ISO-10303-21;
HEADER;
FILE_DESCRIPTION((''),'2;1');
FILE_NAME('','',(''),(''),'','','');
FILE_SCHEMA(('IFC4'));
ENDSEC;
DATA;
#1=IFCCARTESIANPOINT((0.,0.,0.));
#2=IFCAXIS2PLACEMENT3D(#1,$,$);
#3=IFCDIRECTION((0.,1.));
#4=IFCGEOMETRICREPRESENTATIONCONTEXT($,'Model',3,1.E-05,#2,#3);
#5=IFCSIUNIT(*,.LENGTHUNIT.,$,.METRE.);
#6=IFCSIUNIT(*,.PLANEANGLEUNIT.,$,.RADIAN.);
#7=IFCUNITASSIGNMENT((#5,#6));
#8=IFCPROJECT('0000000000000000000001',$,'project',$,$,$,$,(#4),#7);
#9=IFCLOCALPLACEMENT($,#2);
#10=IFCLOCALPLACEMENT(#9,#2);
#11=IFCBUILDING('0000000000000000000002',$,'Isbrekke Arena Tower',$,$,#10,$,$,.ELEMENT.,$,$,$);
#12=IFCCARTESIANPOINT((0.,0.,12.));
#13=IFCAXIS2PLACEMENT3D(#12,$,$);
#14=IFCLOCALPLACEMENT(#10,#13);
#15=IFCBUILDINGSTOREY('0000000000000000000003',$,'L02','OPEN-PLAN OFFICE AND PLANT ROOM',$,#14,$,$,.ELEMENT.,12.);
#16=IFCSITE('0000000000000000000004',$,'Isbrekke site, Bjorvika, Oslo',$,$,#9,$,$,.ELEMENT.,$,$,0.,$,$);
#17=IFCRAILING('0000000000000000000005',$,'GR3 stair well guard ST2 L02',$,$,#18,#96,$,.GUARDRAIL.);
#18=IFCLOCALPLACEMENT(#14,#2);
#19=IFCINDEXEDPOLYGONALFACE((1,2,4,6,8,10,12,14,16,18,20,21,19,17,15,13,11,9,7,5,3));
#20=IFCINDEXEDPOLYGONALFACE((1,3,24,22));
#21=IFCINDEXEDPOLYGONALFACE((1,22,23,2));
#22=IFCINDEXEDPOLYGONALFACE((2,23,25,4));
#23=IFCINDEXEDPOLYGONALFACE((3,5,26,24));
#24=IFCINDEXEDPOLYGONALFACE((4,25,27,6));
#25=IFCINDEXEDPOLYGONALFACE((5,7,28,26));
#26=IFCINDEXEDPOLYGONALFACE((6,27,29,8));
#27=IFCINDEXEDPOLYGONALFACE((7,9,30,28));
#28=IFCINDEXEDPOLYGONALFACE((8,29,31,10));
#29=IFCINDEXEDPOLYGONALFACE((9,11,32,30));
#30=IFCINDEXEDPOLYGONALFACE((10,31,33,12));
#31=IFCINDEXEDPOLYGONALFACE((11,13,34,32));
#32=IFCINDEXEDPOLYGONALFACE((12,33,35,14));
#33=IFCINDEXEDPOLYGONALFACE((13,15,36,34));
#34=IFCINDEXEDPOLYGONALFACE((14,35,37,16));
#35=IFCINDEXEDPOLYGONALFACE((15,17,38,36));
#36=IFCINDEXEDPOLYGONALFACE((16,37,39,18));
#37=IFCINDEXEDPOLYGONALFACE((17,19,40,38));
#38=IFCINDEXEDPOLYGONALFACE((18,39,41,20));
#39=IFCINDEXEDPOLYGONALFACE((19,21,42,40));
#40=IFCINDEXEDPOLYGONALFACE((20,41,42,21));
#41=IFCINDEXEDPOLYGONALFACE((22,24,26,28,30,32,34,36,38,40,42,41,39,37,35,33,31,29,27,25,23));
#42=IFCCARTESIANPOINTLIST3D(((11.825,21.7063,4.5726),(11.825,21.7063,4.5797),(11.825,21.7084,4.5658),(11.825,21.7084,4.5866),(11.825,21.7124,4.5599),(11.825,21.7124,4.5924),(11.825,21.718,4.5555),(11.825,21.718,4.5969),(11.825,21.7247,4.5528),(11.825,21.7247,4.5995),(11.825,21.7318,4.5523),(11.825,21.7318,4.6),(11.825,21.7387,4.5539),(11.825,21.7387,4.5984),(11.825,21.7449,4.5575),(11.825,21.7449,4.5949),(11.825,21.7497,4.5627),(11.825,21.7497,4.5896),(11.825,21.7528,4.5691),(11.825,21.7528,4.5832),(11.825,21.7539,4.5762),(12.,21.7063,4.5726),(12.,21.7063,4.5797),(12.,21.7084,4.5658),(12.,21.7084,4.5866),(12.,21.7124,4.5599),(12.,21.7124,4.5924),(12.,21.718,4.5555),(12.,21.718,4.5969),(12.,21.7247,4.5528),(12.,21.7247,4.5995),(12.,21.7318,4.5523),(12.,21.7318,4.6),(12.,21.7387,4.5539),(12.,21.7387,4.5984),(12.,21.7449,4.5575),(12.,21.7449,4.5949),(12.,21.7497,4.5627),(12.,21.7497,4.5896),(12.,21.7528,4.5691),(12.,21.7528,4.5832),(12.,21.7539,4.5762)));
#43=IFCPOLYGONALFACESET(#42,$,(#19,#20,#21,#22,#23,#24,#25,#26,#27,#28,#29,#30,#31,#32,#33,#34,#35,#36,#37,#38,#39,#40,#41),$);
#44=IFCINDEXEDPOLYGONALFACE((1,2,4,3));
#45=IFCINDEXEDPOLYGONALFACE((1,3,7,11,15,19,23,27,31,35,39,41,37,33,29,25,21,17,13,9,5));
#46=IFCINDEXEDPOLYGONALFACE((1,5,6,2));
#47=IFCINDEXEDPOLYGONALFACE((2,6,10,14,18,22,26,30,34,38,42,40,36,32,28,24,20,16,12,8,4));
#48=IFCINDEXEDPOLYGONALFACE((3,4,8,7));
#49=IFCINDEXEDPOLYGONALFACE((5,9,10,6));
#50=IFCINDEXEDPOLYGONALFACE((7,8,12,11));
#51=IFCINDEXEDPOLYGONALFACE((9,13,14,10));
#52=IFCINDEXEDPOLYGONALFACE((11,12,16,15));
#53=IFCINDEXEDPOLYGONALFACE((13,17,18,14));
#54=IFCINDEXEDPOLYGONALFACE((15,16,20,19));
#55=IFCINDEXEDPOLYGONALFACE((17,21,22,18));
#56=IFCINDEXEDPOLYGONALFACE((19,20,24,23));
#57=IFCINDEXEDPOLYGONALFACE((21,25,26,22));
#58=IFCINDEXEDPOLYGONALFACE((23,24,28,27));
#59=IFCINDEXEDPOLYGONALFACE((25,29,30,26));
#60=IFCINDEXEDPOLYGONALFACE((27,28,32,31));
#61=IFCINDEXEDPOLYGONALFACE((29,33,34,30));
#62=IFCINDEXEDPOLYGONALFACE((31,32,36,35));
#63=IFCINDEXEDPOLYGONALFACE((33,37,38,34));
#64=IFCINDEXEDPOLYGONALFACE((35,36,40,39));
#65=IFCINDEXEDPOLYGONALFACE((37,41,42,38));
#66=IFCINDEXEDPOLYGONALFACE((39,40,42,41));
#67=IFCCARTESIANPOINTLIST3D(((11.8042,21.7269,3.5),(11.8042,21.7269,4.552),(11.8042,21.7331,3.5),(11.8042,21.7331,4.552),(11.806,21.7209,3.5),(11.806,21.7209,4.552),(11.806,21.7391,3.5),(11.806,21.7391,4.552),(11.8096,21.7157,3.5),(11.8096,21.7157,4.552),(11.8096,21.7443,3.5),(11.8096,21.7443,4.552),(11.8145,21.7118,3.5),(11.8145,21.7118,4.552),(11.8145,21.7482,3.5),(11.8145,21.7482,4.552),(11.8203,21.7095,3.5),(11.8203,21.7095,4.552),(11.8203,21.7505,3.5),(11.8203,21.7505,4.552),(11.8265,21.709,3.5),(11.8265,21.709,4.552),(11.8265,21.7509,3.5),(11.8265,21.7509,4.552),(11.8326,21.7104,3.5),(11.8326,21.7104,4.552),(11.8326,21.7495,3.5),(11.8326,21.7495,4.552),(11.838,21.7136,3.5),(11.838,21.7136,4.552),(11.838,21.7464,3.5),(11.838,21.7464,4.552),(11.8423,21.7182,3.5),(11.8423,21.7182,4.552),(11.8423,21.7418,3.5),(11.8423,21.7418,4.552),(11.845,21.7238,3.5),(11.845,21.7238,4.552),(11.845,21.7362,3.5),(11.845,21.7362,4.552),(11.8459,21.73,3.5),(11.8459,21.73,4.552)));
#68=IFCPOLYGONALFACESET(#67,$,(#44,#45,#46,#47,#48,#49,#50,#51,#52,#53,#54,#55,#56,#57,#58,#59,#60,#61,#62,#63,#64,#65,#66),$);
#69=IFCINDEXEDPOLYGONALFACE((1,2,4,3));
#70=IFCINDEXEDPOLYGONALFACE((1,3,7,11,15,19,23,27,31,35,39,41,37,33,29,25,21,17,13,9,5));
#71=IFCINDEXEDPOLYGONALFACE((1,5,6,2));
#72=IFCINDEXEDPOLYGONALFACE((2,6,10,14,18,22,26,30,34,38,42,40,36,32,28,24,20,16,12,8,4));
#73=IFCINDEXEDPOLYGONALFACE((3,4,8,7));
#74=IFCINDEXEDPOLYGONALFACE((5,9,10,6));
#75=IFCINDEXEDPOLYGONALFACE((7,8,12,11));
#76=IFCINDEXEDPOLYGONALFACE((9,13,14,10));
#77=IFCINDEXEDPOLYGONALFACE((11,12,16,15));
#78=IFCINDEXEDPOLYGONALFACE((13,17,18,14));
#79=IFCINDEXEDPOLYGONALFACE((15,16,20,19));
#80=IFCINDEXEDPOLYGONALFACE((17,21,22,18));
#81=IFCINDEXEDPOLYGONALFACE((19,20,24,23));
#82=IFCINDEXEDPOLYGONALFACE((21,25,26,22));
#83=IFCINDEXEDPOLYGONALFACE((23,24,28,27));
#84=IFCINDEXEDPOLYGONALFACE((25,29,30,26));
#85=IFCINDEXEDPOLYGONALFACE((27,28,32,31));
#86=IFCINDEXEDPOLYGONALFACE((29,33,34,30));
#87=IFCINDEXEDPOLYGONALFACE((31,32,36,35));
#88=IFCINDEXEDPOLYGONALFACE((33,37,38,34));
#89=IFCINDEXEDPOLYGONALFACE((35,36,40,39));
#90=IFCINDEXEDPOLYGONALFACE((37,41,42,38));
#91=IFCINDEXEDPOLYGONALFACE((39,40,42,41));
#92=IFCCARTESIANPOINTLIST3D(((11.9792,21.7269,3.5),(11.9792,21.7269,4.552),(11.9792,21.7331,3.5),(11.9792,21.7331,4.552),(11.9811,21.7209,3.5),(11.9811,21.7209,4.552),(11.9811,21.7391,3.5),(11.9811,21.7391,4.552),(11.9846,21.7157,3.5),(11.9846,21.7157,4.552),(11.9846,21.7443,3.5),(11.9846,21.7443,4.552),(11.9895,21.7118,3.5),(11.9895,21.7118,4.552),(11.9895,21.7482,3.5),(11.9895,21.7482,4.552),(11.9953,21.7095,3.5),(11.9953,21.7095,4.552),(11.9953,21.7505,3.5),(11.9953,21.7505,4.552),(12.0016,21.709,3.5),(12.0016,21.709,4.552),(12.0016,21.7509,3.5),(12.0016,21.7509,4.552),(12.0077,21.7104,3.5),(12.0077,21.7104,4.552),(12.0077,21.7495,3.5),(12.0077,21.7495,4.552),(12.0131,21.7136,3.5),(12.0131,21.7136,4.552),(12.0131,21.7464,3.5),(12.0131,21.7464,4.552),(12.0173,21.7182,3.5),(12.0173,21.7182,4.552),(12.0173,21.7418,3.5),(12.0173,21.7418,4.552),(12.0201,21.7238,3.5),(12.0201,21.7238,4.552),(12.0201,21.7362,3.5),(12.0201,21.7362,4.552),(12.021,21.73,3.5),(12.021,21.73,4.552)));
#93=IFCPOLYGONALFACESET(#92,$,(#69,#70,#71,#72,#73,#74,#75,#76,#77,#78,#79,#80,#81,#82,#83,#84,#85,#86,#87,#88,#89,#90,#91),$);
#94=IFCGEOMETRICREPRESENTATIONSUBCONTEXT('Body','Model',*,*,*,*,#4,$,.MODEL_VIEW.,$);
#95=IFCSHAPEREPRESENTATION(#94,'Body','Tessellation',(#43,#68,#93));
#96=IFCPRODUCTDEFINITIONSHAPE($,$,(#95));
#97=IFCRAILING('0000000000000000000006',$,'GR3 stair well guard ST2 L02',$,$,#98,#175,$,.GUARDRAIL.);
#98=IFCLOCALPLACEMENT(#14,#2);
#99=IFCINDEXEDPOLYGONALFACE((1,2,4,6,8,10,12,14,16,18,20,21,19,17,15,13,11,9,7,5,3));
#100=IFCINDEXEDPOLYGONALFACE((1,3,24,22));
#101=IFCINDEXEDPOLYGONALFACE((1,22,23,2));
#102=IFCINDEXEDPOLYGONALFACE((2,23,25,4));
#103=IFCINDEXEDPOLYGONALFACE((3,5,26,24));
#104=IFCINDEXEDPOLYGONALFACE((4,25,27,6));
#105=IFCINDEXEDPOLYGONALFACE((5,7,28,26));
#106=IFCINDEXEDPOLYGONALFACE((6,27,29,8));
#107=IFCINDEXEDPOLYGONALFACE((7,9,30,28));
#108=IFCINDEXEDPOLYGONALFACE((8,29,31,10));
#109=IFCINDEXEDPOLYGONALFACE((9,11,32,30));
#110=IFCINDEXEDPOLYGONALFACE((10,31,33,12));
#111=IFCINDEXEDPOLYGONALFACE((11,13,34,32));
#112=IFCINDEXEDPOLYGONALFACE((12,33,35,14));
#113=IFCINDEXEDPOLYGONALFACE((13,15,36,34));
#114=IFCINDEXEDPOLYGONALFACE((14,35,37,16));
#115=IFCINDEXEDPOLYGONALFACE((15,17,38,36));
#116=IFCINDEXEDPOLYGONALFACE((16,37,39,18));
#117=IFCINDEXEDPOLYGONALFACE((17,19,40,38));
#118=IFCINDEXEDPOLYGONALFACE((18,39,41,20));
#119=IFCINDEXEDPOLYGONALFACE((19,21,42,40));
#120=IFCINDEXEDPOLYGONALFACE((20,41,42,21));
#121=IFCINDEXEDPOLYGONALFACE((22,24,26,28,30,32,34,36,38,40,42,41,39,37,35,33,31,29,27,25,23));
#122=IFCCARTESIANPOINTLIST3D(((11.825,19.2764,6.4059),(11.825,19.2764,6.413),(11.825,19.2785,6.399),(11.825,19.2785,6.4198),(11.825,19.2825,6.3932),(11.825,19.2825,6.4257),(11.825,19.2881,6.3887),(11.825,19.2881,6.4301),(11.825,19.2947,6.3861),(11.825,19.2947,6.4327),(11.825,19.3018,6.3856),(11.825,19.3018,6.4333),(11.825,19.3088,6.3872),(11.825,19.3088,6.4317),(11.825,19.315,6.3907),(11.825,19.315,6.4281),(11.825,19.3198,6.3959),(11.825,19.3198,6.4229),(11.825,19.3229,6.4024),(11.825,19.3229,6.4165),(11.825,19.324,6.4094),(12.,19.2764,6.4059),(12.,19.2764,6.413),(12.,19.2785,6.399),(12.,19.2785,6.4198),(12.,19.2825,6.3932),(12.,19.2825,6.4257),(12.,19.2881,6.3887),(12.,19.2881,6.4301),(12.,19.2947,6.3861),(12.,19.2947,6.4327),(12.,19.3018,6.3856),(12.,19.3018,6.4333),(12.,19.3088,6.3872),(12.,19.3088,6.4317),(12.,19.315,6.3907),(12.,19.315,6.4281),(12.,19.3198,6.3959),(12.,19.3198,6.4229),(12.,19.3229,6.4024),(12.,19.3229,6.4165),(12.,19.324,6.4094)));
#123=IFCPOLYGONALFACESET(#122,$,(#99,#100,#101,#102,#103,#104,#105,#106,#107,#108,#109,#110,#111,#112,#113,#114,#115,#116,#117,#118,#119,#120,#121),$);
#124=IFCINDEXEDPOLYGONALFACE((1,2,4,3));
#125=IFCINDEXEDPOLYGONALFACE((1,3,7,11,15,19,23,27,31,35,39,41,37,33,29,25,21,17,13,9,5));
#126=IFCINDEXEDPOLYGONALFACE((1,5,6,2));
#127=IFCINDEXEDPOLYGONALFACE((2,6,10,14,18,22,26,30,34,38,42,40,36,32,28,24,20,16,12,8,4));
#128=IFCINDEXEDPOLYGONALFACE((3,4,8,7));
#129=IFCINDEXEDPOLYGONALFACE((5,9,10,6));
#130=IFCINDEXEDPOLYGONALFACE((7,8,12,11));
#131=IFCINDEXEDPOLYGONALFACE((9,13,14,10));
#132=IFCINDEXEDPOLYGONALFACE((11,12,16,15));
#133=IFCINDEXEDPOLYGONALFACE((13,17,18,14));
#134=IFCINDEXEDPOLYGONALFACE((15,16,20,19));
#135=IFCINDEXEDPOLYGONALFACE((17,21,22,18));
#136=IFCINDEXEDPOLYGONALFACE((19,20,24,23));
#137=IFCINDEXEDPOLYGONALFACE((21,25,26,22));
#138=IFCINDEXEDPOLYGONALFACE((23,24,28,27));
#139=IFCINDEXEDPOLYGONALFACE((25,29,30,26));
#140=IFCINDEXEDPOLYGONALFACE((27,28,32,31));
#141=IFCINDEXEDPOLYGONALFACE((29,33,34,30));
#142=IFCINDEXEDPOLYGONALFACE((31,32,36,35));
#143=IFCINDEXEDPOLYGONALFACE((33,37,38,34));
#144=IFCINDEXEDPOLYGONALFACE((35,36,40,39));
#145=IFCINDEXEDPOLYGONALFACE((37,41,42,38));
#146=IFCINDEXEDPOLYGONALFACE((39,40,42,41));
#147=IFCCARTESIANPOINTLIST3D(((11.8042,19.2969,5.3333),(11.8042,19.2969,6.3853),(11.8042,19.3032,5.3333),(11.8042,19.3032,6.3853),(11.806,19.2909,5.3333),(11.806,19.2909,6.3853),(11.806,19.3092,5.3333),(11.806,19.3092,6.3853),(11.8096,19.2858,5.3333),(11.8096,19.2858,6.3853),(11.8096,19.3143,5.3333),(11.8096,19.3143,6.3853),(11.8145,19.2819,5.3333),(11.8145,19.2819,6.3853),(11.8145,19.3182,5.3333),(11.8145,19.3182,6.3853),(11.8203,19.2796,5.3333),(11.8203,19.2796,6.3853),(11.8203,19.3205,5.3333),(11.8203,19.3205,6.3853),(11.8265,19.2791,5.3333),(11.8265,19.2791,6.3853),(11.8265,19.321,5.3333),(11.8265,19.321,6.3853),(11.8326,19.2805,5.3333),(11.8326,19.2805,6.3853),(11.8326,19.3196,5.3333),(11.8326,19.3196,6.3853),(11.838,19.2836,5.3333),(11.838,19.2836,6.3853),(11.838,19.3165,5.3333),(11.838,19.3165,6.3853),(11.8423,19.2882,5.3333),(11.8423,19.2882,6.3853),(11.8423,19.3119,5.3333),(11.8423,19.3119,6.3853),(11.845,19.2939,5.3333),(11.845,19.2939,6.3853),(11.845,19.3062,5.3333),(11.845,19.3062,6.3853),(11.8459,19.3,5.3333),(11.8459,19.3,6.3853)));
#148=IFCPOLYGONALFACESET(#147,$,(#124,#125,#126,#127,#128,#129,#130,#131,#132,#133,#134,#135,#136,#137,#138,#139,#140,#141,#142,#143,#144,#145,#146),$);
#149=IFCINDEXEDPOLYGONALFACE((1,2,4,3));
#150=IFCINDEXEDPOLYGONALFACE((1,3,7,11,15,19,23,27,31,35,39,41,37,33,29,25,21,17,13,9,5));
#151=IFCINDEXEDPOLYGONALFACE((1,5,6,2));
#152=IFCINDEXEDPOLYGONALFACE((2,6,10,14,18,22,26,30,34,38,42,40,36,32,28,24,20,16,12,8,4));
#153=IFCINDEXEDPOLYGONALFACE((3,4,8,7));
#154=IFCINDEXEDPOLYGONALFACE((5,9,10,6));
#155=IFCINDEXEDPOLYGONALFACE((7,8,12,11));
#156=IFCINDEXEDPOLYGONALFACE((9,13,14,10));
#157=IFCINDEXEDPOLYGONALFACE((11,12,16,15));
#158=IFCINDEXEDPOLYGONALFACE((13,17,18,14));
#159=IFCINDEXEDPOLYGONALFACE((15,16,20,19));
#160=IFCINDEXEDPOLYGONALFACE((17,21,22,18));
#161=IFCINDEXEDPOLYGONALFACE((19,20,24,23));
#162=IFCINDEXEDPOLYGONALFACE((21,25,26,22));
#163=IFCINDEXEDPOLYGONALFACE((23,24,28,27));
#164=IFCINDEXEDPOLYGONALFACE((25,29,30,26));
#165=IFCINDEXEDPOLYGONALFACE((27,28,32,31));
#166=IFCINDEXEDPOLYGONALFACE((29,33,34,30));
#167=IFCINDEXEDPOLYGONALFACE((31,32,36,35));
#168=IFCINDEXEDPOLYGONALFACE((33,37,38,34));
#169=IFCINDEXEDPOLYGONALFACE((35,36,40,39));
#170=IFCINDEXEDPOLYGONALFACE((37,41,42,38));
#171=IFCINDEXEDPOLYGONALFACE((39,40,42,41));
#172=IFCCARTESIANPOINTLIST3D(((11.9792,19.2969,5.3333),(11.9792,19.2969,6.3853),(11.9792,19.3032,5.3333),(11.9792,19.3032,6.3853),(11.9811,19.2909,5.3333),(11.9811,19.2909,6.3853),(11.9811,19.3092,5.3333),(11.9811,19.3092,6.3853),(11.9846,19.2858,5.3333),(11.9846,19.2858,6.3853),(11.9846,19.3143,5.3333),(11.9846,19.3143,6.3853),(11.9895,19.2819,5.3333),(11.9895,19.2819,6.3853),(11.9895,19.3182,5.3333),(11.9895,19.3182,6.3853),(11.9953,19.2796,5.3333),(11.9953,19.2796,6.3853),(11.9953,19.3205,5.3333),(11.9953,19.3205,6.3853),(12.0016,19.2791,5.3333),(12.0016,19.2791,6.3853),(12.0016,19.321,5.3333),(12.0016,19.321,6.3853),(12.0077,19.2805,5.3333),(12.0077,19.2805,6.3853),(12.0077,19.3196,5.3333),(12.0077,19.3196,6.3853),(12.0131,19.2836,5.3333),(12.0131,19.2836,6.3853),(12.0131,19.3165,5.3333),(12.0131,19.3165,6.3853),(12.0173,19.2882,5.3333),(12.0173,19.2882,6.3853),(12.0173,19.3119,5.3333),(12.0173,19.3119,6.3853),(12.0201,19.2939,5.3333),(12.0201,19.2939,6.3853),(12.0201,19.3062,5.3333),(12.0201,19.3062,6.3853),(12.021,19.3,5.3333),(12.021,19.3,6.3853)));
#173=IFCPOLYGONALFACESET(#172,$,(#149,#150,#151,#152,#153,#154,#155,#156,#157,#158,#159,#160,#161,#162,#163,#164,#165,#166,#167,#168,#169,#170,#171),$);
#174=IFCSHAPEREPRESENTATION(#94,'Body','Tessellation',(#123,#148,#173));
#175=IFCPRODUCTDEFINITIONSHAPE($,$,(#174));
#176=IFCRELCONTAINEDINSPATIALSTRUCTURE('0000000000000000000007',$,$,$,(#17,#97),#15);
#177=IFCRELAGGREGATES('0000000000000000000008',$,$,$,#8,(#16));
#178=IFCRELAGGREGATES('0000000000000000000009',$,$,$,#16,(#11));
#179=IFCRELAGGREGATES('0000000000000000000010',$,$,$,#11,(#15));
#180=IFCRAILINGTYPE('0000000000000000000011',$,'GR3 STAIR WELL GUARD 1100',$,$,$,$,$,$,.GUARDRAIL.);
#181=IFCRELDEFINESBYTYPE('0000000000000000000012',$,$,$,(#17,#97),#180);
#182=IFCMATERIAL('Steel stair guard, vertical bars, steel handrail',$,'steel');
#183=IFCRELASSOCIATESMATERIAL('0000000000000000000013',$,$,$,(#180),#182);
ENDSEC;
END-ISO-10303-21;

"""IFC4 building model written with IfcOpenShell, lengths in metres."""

from ifc_helpers import new_model, si_unit, direction, frame, origin, origin_2d, place, context, subcontext, project, spatial, circle, extrude, material, type_object, element, save


model = new_model("IFC4")

# Units and contexts
model_context = context("Model", 3, precision=1e-05, world=origin(), true_north=direction((0.0, 1.0)))
body_context = subcontext(model_context, "Body", "Model", "MODEL_VIEW")
ifc_project = project(units=[si_unit("LENGTHUNIT", "METRE"), si_unit("PLANEANGLEUNIT", "RADIAN")], contexts=[model_context])

# Site, building, storey
site_placement = place(None, origin())
site = spatial("IfcSite", under=ifc_project, at=site_placement, Name="Isbrekke site, Bjorvika, Oslo", CompositionType="ELEMENT", RefElevation=0.0)
building_placement = place(site_placement, origin())
building = spatial("IfcBuilding", under=site, at=building_placement, Name="Isbrekke Arena Tower", CompositionType="ELEMENT")
storey_placement = place(building_placement, frame((0.0, 0.0, 12.0)))
storey = spatial("IfcBuildingStorey", under=building, at=storey_placement, Name="L02", Description="OPEN-PLAN OFFICE AND PLANT ROOM", CompositionType="ELEMENT", Elevation=12.0)

# Railings
ifc_material_1 = material(Name="Steel stair guard, vertical bars, steel handrail", Category="steel")
railing_type = type_object("IfcRailingType", Name="GR3 STAIR WELL GUARD 1100", PredefinedType="GUARDRAIL", material=ifc_material_1)
for number, where, name in (
    (1, (11.825, 21.73, 3.5), "GR3 stair well guard ST2 L02"),
    (2, (11.825, 19.3, 5.3333), "GR3 stair well guard ST2 L02"),
):
    element("IfcRailing", number, at=place(storey_placement, frame(where)), inside=storey, type_object=railing_type, Name=name, PredefinedType="GUARDRAIL", context=body_context, shape_type="SweptSolid", body=[
        extrude(circle(Radius=0.0239, at=origin_2d()), frame((0.0, 0.0, 1.0762), z_axis=(1.0, 0.0, 0.0), x_axis=(0.0, 1.0, 0.0)), (0.0, 0.0, 1.0), 0.175),
        extrude(circle(Radius=0.021, at=origin_2d()), origin(), (0.0, 0.0, 1.0), 1.052),
        extrude(circle(Radius=0.021, at=origin_2d()), frame((0.175, 0.0, 0.0)), (0.0, 0.0, 1.0), 1.052),
    ])

save(model, "model.ifc")
